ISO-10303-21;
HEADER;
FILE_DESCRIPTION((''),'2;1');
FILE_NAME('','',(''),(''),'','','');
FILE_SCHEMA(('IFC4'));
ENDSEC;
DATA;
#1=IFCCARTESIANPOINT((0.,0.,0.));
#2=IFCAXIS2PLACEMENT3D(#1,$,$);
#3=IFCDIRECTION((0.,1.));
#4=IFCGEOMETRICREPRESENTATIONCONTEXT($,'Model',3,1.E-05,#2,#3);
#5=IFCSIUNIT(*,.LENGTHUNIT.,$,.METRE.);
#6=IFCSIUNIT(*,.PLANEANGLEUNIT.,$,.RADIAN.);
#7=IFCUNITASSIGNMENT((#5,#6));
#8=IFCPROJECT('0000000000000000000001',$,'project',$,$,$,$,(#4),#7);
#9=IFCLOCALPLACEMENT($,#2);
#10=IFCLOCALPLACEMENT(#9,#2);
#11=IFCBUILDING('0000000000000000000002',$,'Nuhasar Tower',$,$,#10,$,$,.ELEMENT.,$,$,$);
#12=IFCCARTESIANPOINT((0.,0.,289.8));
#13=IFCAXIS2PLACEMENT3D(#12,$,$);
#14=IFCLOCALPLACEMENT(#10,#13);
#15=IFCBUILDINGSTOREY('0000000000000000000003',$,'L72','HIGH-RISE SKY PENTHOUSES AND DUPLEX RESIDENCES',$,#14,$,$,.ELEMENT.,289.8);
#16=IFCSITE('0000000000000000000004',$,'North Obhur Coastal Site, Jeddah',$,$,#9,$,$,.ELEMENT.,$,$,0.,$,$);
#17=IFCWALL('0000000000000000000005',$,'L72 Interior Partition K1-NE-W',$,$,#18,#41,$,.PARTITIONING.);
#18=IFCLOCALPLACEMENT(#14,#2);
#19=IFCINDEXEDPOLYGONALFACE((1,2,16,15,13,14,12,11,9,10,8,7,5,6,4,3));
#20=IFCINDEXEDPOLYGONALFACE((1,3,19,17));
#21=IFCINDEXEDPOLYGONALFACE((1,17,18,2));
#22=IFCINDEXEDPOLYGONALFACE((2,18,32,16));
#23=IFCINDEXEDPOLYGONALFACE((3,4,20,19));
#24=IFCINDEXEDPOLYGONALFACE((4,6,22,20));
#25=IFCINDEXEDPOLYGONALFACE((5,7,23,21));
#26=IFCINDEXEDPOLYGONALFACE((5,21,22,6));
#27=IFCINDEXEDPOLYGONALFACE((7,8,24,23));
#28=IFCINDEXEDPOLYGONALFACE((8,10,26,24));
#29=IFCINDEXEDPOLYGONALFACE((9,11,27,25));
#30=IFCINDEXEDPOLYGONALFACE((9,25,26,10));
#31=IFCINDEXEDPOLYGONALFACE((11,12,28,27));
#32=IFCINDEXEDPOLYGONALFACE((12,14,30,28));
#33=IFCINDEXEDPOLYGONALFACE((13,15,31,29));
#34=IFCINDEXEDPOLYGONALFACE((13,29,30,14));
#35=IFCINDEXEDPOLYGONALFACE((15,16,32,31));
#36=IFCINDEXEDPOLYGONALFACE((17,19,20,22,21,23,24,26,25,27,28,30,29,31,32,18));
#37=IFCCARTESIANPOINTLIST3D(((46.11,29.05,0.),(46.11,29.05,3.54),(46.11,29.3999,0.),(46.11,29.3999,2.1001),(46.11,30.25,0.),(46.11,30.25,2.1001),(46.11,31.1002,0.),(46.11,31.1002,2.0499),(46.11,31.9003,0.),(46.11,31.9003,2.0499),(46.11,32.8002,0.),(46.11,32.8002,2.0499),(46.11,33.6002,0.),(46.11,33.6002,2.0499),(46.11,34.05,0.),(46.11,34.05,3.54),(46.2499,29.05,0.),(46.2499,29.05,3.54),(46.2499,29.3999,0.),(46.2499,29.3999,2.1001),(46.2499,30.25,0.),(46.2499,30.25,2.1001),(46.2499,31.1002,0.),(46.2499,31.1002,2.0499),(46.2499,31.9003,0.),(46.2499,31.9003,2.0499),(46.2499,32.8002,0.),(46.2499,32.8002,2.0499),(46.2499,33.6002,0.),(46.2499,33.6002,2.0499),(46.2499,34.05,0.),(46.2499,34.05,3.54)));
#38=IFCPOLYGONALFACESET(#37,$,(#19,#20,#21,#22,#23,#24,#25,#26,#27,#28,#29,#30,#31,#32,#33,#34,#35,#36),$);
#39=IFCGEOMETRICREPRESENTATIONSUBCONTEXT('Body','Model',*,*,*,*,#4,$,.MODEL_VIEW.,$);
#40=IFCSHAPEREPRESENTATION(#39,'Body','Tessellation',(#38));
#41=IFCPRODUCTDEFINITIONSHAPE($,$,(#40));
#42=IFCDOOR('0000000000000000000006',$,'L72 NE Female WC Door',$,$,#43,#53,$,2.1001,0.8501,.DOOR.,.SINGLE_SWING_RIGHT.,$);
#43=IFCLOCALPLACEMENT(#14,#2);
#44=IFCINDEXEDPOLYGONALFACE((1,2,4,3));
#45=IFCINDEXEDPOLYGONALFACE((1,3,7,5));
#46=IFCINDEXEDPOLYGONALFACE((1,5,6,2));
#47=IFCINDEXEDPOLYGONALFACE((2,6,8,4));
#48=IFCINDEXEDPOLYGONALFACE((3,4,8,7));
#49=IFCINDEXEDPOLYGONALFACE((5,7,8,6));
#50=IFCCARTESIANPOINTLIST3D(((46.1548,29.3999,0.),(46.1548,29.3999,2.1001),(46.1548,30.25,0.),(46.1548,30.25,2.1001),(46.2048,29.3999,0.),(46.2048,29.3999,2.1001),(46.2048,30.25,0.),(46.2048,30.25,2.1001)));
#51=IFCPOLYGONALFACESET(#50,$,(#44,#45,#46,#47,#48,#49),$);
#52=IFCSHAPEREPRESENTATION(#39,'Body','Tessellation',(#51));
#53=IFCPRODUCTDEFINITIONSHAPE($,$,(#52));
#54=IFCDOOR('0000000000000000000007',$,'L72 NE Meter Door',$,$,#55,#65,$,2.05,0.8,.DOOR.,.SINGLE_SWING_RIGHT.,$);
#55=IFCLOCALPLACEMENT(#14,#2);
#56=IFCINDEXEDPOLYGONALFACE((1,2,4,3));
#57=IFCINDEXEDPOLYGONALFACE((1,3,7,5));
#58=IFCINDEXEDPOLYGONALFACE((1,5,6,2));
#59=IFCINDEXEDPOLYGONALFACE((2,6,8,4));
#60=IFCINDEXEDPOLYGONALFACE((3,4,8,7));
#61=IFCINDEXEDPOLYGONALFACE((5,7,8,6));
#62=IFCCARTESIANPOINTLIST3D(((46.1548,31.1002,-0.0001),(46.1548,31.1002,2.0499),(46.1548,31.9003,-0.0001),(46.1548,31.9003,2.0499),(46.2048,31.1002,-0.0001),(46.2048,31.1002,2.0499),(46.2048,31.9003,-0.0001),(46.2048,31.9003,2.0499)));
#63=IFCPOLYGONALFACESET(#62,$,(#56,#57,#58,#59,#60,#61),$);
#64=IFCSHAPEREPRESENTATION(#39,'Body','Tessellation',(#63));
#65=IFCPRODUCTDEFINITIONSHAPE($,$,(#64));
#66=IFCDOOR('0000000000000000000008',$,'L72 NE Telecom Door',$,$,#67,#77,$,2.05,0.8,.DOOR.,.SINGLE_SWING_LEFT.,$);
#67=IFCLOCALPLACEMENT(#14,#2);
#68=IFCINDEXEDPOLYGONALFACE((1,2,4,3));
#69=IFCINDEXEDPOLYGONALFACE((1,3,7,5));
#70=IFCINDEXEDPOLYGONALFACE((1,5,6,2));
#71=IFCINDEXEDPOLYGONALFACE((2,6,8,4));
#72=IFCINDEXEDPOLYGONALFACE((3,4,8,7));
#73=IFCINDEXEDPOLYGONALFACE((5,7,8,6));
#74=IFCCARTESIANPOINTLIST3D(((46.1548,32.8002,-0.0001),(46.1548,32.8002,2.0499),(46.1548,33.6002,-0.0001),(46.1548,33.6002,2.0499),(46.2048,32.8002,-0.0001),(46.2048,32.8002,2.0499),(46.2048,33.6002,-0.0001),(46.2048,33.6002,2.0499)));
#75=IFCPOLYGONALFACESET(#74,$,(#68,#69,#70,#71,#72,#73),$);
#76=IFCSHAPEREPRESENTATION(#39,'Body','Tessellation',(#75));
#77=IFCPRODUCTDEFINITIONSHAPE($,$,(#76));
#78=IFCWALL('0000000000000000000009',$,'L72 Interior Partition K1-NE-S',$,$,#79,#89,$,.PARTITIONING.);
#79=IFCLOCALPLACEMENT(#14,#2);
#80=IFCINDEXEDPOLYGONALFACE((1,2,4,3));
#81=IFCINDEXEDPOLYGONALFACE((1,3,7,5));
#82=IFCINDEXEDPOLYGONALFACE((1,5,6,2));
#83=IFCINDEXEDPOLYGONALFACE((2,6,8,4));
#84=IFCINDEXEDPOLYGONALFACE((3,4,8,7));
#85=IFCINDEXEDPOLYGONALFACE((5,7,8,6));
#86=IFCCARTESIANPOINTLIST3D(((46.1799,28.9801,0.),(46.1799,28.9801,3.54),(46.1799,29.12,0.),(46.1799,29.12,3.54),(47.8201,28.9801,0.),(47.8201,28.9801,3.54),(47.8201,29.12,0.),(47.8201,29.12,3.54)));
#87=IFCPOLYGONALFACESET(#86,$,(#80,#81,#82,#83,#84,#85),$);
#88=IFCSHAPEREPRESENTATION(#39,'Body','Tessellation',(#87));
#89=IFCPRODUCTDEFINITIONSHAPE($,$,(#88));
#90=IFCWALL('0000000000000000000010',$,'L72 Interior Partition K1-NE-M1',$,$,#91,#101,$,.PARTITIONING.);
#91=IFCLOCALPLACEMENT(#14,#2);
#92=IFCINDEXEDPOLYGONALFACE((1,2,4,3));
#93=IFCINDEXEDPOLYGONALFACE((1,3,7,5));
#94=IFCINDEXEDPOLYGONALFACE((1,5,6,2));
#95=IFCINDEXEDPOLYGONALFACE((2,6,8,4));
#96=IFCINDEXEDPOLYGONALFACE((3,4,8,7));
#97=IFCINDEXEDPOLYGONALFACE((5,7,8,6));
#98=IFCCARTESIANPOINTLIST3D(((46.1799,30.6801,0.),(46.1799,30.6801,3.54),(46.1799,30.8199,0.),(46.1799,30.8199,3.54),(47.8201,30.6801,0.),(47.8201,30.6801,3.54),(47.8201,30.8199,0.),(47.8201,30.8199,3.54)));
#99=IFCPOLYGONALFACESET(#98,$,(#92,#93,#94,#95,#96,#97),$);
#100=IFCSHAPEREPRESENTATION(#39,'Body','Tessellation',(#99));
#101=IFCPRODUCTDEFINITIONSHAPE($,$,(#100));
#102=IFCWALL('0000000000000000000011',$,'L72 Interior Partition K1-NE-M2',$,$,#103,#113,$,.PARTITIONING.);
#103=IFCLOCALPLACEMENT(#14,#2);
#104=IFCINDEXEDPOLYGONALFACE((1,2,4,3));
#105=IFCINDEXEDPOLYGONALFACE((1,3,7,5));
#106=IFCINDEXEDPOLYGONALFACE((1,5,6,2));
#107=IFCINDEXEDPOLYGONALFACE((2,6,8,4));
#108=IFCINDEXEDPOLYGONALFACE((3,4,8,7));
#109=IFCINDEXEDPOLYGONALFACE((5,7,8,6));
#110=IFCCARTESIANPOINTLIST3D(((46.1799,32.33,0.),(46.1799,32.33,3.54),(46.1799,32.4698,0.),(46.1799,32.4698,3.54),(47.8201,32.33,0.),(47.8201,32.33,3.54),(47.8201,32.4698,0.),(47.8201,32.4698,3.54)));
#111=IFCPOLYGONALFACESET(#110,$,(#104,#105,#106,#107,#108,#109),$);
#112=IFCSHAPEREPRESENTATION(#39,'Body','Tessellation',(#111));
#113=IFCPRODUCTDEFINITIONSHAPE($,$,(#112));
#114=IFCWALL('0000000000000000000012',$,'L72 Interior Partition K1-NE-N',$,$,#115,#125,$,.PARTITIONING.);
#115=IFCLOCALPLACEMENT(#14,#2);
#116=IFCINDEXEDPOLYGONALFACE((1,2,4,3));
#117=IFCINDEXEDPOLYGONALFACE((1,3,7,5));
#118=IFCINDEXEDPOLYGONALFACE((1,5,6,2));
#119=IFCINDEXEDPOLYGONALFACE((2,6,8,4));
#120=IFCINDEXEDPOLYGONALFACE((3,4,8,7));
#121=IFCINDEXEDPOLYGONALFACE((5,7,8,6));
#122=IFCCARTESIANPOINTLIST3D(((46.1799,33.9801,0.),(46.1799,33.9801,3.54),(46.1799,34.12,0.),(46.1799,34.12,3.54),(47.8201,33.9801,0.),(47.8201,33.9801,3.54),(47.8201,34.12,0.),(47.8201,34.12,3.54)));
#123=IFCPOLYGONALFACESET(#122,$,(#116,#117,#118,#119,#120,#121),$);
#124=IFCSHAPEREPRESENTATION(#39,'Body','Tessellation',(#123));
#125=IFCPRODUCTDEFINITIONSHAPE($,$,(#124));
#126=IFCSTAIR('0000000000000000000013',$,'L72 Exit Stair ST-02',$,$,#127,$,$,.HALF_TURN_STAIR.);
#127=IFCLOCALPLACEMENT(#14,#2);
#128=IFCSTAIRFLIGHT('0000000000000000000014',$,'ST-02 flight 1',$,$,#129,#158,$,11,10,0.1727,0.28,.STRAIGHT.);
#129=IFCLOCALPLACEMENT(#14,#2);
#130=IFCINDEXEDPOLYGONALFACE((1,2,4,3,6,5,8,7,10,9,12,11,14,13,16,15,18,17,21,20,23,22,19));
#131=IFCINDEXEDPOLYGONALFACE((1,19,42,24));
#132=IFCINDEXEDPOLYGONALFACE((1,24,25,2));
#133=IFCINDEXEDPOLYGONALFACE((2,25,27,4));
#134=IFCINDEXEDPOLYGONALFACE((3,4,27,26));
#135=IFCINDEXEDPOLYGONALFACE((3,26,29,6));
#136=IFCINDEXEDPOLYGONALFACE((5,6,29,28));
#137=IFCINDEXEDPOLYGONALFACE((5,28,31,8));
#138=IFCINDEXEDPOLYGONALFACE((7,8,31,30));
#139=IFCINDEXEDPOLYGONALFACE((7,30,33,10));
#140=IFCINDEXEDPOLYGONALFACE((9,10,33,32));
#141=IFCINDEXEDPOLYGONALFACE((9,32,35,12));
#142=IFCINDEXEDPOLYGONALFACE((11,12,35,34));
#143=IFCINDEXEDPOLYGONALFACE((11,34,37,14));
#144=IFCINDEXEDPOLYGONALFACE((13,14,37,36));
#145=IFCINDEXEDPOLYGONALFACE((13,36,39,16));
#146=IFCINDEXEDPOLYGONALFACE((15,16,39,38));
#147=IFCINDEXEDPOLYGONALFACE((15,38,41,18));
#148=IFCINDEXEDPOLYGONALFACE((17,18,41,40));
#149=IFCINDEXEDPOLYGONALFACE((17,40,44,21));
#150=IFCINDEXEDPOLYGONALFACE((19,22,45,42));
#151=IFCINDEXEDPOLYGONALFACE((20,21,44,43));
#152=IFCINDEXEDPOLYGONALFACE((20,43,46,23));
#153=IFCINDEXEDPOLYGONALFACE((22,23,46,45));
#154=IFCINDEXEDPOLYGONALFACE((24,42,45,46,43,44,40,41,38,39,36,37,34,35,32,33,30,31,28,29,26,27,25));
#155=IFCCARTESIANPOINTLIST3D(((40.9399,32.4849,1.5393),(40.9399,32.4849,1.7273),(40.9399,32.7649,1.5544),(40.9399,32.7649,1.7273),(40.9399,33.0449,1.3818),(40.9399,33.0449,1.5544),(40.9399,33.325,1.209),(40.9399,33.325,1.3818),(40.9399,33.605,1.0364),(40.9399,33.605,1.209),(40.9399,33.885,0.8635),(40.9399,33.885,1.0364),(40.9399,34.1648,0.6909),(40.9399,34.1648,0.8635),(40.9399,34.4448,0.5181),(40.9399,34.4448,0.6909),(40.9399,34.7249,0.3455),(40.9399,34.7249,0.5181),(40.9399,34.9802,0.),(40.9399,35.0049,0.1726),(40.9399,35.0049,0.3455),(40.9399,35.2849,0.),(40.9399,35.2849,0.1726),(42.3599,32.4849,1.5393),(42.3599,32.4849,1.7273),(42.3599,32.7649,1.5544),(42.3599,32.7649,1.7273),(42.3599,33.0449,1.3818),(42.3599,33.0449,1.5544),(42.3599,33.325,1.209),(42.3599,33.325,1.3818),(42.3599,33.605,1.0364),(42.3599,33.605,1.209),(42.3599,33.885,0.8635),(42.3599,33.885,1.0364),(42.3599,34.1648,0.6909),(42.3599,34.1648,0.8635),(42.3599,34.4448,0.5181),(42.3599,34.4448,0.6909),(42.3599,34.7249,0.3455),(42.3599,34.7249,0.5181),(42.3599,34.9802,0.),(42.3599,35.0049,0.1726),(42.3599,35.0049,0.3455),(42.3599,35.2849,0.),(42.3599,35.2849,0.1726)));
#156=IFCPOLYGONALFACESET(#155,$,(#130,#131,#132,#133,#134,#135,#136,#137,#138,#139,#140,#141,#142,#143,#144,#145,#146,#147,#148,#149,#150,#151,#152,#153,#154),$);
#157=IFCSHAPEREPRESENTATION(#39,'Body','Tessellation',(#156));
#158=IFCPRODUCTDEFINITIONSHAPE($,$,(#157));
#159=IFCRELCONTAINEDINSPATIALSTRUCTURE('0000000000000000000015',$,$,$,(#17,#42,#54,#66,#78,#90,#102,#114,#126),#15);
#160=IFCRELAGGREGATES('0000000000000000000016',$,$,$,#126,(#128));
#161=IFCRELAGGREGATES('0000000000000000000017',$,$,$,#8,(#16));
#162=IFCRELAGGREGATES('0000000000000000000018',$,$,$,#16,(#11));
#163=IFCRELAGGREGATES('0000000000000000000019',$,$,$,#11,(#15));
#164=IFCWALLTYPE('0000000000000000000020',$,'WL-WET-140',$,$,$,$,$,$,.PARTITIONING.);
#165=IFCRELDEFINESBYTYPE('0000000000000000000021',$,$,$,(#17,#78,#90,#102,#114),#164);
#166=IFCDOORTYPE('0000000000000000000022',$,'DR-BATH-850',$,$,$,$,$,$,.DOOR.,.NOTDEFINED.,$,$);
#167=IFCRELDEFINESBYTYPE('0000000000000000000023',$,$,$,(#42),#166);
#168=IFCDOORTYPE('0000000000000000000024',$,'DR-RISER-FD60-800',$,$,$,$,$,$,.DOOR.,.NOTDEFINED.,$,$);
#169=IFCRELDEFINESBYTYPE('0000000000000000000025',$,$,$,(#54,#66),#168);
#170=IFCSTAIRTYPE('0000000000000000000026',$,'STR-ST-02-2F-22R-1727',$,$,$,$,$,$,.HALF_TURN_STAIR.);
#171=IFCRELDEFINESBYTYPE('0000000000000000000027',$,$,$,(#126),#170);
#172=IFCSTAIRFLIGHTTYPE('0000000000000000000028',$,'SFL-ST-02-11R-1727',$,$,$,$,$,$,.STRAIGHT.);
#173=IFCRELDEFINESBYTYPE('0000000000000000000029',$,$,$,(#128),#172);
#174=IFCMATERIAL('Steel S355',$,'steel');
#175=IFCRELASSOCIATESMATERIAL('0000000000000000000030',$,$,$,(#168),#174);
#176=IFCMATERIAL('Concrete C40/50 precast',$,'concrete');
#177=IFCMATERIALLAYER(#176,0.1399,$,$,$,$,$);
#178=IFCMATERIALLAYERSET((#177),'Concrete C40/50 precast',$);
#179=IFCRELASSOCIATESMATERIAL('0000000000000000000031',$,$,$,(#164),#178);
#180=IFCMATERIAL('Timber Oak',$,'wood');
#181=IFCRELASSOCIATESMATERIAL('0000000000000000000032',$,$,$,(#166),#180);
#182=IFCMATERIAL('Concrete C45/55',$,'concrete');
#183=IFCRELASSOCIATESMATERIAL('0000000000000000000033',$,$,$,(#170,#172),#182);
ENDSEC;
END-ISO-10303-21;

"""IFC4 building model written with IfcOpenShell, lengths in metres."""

from ifc_helpers import new_model, si_unit, direction, frame, frame_2d, origin, place, context, subcontext, project, spatial, polyline, rectangle, outline, extrude, material, layer, layer_set, type_object, element, fill, aggregate, save


model = new_model("IFC4")

# Units and contexts
model_context = context("Model", 3, precision=1e-05, world=origin(), true_north=direction((0.0, 1.0)))
body_context = subcontext(model_context, "Body", "Model", "MODEL_VIEW")
ifc_project = project(units=[si_unit("LENGTHUNIT", "METRE"), si_unit("PLANEANGLEUNIT", "RADIAN")], contexts=[model_context])

# Site, building, storey
site_placement = place(None, origin())
site = spatial("IfcSite", under=ifc_project, at=site_placement, Name="North Obhur Coastal Site, Jeddah", CompositionType="ELEMENT", RefElevation=0.0)
building_placement = place(site_placement, origin())
building = spatial("IfcBuilding", under=site, at=building_placement, Name="Nuhasar Tower", CompositionType="ELEMENT")
storey_placement = place(building_placement, frame((0.0, 0.0, 289.8)))
storey = spatial("IfcBuildingStorey", under=building, at=storey_placement, Name="L72", Description="HIGH-RISE SKY PENTHOUSES AND DUPLEX RESIDENCES", CompositionType="ELEMENT", Elevation=289.8)

# Shared definitions
ifc_material_1 = material(Name="Steel S355", Category="steel")

# Shared definitions
ifc_material_2 = material(Name="Concrete C45/55", Category="concrete")

# Shared definitions
door_type_1 = type_object("IfcDoorType", Name="DR-RISER-FD60-800", OperationType="NOTDEFINED", PredefinedType="DOOR", material=ifc_material_1)

# Shared definitions
ifc_material_3 = material(Name="Concrete C40/50 precast", Category="concrete")
ifc_layer_1 = layer(ifc_material_3, 0.1399)
ifc_layer_set_1 = layer_set([ifc_layer_1], Name="Concrete C40/50 precast")
wall_type_1 = type_object("IfcWallType", Name="WL-WET-140", PredefinedType="PARTITIONING", material=ifc_layer_set_1)

# Wall, openings, doors
wall_1_placement = place(storey_placement, frame((46.1799, 34.05, 0.0), z_axis=(0.0, 0.0, 1.0), x_axis=(0.0, -1.0, 0.0)))
wall_1 = element("IfcWall", 1, at=wall_1_placement, inside=storey, type_object=wall_type_1, Name="L72 Interior Partition K1-NE-W", PredefinedType="PARTITIONING", context=body_context, shape_type="SweptSolid", body=[
    extrude(rectangle(XDim=5.0, YDim=0.1399, at=frame_2d((2.5, 0.0))), origin(), (0.0, 0.0, 1.0), 3.54),
])
opening_1_placement = place(wall_1_placement, frame((3.8, 0.0, 0.0)))
opening_1 = element("IfcOpeningElement", 2, at=opening_1_placement, cuts=wall_1, PredefinedType="OPENING", context=body_context, shape_type="SweptSolid", body=[
    extrude(rectangle(XDim=0.8501, YDim=2.1001, at=frame_2d((0.425, 1.05))), frame((0.0, 0.0801, 0.0), z_axis=(0.0, -1.0, 0.0), x_axis=(1.0, 0.0, 0.0)), (0.0, 0.0, 1.0), 0.1599),
])
opening_2_placement = place(wall_1_placement, frame((2.1499, 0.0, 0.0)))
opening_2 = element("IfcOpeningElement", 3, at=opening_2_placement, cuts=wall_1, PredefinedType="OPENING", context=body_context, shape_type="SweptSolid", body=[
    extrude(rectangle(XDim=0.8, YDim=2.05, at=frame_2d((0.3999, 1.0249))), frame((0.0, 0.0801, 0.0), z_axis=(0.0, -1.0, 0.0), x_axis=(1.0, 0.0, 0.0)), (0.0, 0.0, 1.0), 0.1599),
])
opening_3_placement = place(wall_1_placement, frame((0.45, 0.0, 0.0)))
opening_3 = element("IfcOpeningElement", 4, at=opening_3_placement, cuts=wall_1, PredefinedType="OPENING", context=body_context, shape_type="SweptSolid", body=[
    extrude(rectangle(XDim=0.8, YDim=2.05, at=frame_2d((0.3999, 1.0249))), frame((0.0, 0.0801, 0.0), z_axis=(0.0, -1.0, 0.0), x_axis=(1.0, 0.0, 0.0)), (0.0, 0.0, 1.0), 0.1599),
])
ifc_material_4 = material(Name="Timber Oak", Category="wood")
door_type_2 = type_object("IfcDoorType", Name="DR-BATH-850", OperationType="NOTDEFINED", PredefinedType="DOOR", material=ifc_material_4)
door_1_placement = place(opening_1_placement, origin())
door_1 = element("IfcDoor", 5, at=door_1_placement, inside=storey, type_object=door_type_2, Name="L72 NE Female WC Door", OperationType="SINGLE_SWING_RIGHT", OverallHeight=2.1001, OverallWidth=0.8501, PredefinedType="DOOR", context=body_context, shape_type="SweptSolid", body=[
    extrude(rectangle(XDim=0.8501, YDim=2.1001, at=frame_2d((0.425, 1.05))), frame((0.0, 0.0249, 0.0), z_axis=(0.0, -1.0, 0.0), x_axis=(1.0, 0.0, 0.0)), (0.0, 0.0, 1.0), 0.05),
])
fill(opening_1, door_1)
door_2_placement = place(opening_2_placement, origin())
door_2 = element("IfcDoor", 6, at=door_2_placement, inside=storey, type_object=door_type_1, Name="L72 NE Meter Door", OperationType="SINGLE_SWING_RIGHT", OverallHeight=2.05, OverallWidth=0.8, PredefinedType="DOOR", context=body_context, shape_type="SweptSolid", body=[
    extrude(rectangle(XDim=0.8, YDim=2.05, at=frame_2d((0.3999, 1.0249))), frame((0.0, 0.0249, 0.0), z_axis=(0.0, -1.0, 0.0), x_axis=(1.0, 0.0, 0.0)), (0.0, 0.0, 1.0), 0.05),
])
fill(opening_2, door_2)
door_3_placement = place(opening_3_placement, origin())
door_3 = element("IfcDoor", 7, at=door_3_placement, inside=storey, type_object=door_type_1, Name="L72 NE Telecom Door", OperationType="SINGLE_SWING_LEFT", OverallHeight=2.05, OverallWidth=0.8, PredefinedType="DOOR", context=body_context, shape_type="SweptSolid", body=[
    extrude(rectangle(XDim=0.8, YDim=2.05, at=frame_2d((0.3999, 1.0249))), frame((0.0, 0.0249, 0.0), z_axis=(0.0, -1.0, 0.0), x_axis=(1.0, 0.0, 0.0)), (0.0, 0.0, 1.0), 0.05),
])
fill(opening_3, door_3)

# Walls
for number, where, z_axis, x_axis, name in (
    (8, (46.1799, 29.05, 0.0), (0.0, 0.0, 1.0), (1.0, 0.0, 0.0), "L72 Interior Partition K1-NE-S"),
    (9, (46.1799, 30.75, 0.0), (0.0, 0.0, 1.0), (1.0, 0.0, 0.0), "L72 Interior Partition K1-NE-M1"),
    (10, (46.1799, 32.3999, 0.0), (0.0, 0.0, 1.0), (1.0, 0.0, 0.0), "L72 Interior Partition K1-NE-M2"),
    (11, (46.1799, 34.05, 0.0), (0.0, 0.0, 1.0), (1.0, 0.0, 0.0), "L72 Interior Partition K1-NE-N"),
):
    element("IfcWall", number, at=place(storey_placement, frame(where, z_axis=z_axis, x_axis=x_axis)), inside=storey, type_object=wall_type_1, Name=name, PredefinedType="PARTITIONING", context=body_context, shape_type="SweptSolid", body=[
        extrude(rectangle(XDim=1.6401, YDim=0.1399, at=frame_2d((0.8201, 0.0))), origin(), (0.0, 0.0, 1.0), 3.54),
    ])

# Stair, stair flight
stair_type_1 = type_object("IfcStairType", Name="STR-ST-02-2F-22R-1727", PredefinedType="HALF_TURN_STAIR", material=ifc_material_2)
stair_1_placement = place(storey_placement, origin())
stair_1 = element("IfcStair", 12, at=stair_1_placement, inside=storey, type_object=stair_type_1, Name="L72 Exit Stair ST-02", PredefinedType="HALF_TURN_STAIR")
stair_flight_type_1 = type_object("IfcStairFlightType", Name="SFL-ST-02-11R-1727", PredefinedType="STRAIGHT", material=ifc_material_2)
stair_flight_1_placement = place(storey_placement, frame((41.6499, 35.2849, 0.0), z_axis=(0.0, 0.0, 1.0), x_axis=(0.0, -1.0, 0.0)))
stair_flight_1 = element("IfcStairFlight", 13, at=stair_flight_1_placement, type_object=stair_flight_type_1, Name="ST-02 flight 1", NumberOfRisers=11, NumberOfTreads=10, PredefinedType="STRAIGHT", RiserHeight=0.1727, TreadLength=0.28, context=body_context, shape_type="SweptSolid", body=[
    extrude(outline(polyline([(0.0, 0.0), (0.0, 0.1726), (0.28, 0.1726), (0.28, 0.3455), (0.5601, 0.3455), (0.5601, 0.5181), (0.8401, 0.5181), (0.8401, 0.6909), (1.1201, 0.6909), (1.1201, 0.8635), (1.3999, 0.8635), (1.3999, 1.0364), (1.6799, 1.0364), (1.6799, 1.209), (1.96, 1.209), (1.96, 1.3818), (2.24, 1.3818), (2.24, 1.5544), (2.52, 1.5544), (2.52, 1.7273), (2.8, 1.7273), (2.8, 1.8999), (2.8, 1.5393), (0.3047, 0.0), (0.0, 0.0)])), frame((0.0, 0.71, 0.0), z_axis=(0.0, -1.0, 0.0), x_axis=(1.0, 0.0, 0.0)), (0.0, 0.0, 1.0), 1.4199),
])
aggregate(stair_1, [stair_flight_1])

save(model, "model.ifc")
